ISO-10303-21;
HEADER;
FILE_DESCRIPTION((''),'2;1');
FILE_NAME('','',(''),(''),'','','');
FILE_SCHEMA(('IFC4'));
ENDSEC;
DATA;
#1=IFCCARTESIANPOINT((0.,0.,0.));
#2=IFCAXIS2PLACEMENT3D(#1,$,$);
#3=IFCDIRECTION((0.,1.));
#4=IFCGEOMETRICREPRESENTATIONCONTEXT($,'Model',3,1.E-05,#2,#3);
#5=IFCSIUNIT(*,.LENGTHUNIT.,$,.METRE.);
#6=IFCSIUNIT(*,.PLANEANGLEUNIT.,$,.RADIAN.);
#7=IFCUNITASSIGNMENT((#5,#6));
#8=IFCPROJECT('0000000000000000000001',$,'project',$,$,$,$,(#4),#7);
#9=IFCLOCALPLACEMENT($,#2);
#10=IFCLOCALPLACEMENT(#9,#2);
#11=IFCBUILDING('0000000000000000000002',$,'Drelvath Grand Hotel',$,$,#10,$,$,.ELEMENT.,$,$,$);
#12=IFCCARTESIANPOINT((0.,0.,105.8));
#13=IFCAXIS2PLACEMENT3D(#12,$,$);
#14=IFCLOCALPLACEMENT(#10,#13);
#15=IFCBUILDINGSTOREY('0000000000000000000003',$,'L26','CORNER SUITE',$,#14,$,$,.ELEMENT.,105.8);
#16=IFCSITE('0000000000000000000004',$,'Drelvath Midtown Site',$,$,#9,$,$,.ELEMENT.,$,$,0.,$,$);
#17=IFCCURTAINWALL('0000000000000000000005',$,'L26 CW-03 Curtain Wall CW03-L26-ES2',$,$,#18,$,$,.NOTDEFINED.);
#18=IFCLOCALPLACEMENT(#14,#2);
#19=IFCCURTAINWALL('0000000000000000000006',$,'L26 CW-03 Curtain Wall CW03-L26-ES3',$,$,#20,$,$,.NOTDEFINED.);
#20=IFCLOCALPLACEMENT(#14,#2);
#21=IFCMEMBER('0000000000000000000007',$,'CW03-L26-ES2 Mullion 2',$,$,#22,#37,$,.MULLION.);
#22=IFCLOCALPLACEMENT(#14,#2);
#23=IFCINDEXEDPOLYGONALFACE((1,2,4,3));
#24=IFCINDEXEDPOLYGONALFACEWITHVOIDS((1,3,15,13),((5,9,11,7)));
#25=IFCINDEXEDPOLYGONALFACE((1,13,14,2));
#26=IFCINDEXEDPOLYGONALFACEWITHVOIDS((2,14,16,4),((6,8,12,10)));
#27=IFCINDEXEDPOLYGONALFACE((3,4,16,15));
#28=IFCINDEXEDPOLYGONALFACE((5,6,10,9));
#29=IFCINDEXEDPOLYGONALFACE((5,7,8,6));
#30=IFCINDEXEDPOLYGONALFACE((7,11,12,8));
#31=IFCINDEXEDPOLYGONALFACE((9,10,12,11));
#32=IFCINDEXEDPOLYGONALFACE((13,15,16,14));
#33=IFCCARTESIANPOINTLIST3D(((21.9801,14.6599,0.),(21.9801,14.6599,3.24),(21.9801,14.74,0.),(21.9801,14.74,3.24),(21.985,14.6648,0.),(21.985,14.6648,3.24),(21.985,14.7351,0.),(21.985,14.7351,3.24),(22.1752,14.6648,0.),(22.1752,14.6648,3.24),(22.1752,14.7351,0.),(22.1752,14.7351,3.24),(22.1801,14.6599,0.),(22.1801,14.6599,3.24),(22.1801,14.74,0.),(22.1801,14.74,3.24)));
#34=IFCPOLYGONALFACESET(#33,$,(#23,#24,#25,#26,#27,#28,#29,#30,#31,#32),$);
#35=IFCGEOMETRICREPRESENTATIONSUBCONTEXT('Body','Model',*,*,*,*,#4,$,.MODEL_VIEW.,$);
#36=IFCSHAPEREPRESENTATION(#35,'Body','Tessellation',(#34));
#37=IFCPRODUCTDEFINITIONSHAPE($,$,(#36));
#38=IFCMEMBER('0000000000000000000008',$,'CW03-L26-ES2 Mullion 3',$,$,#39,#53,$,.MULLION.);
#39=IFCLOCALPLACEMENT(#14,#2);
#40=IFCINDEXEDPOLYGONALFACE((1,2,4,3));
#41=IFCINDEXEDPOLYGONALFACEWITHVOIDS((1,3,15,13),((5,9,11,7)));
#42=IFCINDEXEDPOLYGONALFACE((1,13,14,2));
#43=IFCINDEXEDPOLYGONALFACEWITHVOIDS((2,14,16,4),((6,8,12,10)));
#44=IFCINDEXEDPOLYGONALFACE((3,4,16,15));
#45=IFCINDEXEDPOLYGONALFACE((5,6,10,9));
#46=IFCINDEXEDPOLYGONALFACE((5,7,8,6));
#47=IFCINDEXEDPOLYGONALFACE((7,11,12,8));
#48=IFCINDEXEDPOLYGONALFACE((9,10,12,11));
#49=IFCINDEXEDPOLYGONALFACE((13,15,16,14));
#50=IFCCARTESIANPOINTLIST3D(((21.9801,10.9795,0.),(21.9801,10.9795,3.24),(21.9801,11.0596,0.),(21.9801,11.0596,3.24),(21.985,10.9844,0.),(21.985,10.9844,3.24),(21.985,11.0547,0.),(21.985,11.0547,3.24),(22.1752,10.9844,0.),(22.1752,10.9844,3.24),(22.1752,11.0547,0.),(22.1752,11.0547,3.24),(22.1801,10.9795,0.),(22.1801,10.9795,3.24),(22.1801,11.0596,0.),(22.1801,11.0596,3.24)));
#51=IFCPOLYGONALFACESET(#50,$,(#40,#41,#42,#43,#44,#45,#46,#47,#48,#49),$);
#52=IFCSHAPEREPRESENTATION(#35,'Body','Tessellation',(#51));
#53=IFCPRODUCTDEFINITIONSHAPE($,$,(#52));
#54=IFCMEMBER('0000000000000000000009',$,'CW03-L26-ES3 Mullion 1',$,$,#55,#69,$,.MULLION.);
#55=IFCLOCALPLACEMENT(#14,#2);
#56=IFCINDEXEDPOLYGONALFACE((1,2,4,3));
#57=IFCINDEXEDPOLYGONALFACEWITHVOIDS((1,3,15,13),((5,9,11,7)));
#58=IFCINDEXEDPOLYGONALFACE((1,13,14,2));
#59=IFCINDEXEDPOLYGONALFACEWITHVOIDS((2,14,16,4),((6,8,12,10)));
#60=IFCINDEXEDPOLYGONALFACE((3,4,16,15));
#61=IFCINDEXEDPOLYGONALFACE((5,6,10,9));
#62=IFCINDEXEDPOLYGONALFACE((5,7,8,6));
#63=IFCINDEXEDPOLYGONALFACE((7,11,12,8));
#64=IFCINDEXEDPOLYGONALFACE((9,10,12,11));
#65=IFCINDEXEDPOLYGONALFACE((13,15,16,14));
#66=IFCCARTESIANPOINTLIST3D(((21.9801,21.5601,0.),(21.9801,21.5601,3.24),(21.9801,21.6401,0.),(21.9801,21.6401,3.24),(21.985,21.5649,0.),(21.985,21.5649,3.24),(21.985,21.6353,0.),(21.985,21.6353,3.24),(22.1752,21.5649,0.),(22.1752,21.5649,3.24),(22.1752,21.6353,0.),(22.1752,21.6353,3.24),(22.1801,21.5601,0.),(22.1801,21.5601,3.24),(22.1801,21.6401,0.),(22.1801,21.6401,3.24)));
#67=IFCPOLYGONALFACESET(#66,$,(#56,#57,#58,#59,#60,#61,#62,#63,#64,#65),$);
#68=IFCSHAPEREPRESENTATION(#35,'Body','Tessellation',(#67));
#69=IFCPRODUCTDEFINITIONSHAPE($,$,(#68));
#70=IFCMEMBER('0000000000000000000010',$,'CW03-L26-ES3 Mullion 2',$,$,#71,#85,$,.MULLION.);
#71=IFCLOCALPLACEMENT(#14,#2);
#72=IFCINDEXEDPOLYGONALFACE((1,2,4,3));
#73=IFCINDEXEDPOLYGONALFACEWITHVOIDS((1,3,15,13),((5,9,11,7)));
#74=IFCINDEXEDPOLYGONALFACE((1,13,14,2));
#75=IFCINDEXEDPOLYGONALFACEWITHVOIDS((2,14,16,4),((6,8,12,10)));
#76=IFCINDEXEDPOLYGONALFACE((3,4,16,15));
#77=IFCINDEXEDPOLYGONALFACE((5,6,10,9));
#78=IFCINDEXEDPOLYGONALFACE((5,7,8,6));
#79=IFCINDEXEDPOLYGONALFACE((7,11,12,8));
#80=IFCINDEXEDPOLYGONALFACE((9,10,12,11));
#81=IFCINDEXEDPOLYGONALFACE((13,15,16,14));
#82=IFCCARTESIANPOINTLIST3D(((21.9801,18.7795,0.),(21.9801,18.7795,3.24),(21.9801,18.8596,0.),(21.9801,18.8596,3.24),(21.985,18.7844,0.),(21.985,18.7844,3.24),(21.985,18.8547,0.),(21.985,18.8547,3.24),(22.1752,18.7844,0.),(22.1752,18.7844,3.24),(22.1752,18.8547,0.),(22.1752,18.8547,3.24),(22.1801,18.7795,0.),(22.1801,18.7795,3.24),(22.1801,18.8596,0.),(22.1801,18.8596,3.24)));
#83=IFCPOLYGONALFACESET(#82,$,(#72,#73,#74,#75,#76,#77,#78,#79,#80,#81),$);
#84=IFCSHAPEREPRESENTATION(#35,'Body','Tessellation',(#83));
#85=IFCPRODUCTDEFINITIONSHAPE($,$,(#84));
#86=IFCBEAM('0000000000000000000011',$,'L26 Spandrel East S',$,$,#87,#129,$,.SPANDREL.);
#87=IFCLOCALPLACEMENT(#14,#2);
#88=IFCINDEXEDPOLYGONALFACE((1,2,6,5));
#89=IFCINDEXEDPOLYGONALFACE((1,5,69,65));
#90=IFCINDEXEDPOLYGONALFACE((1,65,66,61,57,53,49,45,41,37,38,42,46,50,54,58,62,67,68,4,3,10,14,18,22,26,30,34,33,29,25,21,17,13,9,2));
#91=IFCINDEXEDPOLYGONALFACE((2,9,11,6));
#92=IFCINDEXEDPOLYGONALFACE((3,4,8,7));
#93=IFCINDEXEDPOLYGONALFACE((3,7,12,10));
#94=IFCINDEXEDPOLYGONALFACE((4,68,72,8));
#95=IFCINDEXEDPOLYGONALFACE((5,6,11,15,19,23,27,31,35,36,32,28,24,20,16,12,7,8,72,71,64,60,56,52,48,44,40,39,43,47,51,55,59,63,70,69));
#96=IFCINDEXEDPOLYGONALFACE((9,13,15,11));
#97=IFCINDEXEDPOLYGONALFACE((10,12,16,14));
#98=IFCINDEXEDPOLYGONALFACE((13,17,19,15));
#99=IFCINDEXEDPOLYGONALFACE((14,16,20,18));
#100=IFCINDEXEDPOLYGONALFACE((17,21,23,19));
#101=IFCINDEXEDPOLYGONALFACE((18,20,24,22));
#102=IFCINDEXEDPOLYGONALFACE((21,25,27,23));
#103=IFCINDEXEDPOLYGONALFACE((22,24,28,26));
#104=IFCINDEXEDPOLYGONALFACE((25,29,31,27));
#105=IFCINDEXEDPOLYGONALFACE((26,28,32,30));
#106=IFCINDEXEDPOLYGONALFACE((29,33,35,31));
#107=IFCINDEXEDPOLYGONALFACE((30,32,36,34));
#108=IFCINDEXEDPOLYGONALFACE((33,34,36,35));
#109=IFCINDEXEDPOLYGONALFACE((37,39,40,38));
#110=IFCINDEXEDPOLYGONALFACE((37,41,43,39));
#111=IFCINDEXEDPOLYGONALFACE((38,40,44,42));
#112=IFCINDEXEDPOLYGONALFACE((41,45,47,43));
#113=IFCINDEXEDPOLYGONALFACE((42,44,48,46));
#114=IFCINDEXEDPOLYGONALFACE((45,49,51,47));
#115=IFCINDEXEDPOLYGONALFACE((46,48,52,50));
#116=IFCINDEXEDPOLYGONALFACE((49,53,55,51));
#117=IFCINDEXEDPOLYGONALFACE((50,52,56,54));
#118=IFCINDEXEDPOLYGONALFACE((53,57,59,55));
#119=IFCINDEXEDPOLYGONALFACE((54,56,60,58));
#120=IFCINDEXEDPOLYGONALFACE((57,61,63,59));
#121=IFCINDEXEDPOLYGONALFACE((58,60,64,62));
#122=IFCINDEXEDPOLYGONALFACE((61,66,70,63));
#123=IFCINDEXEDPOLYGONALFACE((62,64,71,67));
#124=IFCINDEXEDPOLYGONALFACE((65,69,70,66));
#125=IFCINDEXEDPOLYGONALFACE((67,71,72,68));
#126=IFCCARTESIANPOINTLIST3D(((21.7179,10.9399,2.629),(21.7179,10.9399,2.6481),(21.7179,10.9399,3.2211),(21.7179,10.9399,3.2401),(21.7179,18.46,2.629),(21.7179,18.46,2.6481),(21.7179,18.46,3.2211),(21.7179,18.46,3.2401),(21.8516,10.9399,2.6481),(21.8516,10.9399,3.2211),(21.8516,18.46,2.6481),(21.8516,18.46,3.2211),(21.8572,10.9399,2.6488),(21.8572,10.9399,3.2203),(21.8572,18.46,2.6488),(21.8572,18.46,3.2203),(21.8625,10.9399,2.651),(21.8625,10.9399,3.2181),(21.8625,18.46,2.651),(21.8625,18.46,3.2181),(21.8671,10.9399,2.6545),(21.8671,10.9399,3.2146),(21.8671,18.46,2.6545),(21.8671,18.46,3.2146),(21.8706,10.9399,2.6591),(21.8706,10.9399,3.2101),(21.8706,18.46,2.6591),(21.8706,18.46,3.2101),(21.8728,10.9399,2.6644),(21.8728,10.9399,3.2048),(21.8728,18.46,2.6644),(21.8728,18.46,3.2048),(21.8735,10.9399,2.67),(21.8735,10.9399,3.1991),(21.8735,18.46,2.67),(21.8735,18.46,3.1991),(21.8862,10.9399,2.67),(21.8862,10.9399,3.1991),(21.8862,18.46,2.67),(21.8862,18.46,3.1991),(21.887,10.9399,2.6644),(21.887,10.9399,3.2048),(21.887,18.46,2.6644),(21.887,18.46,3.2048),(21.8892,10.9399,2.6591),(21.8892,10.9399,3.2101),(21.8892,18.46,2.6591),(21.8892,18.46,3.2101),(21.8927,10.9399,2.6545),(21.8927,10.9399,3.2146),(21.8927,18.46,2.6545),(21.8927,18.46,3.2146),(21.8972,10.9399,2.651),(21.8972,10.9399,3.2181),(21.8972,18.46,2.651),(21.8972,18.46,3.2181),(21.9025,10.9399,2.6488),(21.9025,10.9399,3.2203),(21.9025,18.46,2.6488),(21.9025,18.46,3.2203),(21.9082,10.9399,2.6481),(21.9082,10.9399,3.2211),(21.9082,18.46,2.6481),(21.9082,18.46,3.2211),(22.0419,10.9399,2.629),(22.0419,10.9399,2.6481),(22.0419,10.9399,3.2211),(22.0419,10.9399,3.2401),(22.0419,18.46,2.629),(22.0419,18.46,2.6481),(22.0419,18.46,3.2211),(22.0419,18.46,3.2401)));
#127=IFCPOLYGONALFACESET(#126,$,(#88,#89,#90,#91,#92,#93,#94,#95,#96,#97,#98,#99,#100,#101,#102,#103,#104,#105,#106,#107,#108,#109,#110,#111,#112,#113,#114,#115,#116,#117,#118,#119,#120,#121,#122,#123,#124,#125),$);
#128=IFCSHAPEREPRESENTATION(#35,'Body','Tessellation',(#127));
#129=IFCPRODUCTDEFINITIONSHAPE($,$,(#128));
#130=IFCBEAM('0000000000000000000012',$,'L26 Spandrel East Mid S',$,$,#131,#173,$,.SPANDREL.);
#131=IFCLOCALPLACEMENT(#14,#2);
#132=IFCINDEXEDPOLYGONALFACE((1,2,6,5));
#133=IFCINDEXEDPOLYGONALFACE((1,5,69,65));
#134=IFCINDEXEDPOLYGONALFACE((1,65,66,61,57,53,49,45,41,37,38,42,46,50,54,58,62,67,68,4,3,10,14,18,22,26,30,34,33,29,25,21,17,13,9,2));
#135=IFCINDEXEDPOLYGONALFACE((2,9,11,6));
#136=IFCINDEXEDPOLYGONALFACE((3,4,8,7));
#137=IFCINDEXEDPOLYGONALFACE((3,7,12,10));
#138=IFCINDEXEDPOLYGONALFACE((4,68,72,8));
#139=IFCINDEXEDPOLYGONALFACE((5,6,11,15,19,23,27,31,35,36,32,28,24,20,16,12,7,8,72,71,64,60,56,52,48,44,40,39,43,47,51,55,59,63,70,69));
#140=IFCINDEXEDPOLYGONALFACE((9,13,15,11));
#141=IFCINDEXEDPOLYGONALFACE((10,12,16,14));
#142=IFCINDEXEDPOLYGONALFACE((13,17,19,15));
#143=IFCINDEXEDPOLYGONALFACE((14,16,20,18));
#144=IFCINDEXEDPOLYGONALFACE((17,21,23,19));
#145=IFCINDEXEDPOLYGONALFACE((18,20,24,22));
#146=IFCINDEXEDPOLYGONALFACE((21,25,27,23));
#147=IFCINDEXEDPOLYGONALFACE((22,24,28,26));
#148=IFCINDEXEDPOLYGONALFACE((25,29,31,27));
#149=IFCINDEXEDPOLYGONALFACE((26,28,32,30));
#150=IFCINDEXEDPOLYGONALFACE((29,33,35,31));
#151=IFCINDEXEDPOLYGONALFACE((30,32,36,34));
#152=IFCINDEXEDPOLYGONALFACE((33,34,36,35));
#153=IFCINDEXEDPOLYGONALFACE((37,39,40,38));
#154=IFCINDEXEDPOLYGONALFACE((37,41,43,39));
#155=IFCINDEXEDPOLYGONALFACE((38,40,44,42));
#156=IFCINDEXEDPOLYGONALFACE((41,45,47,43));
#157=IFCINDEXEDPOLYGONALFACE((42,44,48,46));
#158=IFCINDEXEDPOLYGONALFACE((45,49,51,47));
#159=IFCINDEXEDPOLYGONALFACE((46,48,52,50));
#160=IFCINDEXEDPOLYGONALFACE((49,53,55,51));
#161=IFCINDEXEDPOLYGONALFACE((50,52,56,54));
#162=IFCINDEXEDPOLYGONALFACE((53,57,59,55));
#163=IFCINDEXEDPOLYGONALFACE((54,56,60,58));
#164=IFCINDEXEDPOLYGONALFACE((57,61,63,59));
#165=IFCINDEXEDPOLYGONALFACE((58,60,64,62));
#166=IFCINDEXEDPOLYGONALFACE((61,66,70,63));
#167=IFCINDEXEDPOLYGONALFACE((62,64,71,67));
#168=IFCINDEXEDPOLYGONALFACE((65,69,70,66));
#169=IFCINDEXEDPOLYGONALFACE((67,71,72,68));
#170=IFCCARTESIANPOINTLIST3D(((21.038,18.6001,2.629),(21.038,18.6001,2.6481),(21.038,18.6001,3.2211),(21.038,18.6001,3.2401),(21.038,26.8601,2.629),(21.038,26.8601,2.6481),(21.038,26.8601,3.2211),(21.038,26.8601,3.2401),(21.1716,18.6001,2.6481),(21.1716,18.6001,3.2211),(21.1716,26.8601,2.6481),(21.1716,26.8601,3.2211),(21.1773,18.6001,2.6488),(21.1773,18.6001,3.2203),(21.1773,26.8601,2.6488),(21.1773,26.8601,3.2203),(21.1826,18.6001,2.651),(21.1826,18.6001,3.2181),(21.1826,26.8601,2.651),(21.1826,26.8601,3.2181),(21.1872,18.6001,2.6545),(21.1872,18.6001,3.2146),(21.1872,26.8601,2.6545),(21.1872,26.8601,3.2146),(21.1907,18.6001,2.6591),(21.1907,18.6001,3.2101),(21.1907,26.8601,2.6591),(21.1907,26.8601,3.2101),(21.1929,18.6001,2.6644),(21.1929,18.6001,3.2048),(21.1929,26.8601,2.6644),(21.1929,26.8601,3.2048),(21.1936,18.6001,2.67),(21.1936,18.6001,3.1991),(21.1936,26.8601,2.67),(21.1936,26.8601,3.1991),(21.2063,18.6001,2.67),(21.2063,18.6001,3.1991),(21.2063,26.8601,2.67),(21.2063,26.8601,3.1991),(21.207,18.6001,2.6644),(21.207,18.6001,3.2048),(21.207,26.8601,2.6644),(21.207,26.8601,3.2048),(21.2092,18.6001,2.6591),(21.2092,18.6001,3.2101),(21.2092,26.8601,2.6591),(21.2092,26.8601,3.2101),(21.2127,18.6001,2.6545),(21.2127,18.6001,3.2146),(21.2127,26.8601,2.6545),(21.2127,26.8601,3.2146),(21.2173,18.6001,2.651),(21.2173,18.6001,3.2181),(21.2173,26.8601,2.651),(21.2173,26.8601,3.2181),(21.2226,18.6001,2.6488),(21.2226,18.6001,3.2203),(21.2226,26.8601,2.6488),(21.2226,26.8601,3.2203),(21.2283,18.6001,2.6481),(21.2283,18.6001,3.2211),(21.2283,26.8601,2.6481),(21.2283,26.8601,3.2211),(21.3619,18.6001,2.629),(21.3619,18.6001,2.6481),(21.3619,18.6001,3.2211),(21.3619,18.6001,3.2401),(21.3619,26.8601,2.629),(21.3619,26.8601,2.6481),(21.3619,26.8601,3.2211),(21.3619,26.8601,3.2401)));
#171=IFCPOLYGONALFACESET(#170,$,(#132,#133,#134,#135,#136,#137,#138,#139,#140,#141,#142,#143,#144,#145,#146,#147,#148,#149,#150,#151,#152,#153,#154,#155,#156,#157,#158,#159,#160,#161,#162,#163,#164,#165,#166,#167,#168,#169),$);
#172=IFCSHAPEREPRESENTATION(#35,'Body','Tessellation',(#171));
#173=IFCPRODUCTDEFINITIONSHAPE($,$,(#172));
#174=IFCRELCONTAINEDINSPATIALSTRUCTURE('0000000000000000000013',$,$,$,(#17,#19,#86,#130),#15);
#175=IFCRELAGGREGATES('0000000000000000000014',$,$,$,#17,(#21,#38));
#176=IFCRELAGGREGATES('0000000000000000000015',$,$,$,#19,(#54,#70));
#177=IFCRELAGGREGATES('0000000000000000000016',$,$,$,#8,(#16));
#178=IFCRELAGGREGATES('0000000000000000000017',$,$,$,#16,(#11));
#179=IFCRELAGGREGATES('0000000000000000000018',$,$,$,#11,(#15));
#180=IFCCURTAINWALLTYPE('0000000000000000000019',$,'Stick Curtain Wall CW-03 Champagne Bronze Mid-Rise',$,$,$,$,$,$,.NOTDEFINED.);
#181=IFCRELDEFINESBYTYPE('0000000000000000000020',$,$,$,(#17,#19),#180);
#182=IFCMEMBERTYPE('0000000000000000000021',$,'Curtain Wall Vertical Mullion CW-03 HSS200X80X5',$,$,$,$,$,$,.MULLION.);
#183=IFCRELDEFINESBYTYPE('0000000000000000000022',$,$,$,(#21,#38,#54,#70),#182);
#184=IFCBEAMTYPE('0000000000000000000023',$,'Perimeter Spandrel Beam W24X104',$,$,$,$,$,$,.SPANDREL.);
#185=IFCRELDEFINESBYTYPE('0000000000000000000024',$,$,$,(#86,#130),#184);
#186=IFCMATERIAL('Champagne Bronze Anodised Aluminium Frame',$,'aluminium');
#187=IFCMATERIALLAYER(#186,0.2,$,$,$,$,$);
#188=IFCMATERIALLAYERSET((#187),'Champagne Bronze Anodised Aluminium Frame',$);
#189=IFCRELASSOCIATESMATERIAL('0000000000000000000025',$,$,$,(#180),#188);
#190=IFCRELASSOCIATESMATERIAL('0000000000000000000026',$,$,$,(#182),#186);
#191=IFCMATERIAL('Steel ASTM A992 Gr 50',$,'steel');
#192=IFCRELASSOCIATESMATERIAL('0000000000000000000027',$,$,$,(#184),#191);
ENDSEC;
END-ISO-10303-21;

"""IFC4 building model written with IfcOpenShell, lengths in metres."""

from ifc_helpers import new_model, si_unit, direction, frame, origin, origin_2d, place, context, subcontext, project, spatial, hollow_rectangle, i_section, extrude, material, layer, layer_set, material_profile, profile_set, type_object, element, aggregate, save


model = new_model("IFC4")

# Units and contexts
model_context = context("Model", 3, precision=1e-05, world=origin(), true_north=direction((0.0, 1.0)))
body_context = subcontext(model_context, "Body", "Model", "MODEL_VIEW")
ifc_project = project(units=[si_unit("LENGTHUNIT", "METRE"), si_unit("PLANEANGLEUNIT", "RADIAN")], contexts=[model_context])

# Site, building, storey
site_placement = place(None, origin())
site = spatial("IfcSite", under=ifc_project, at=site_placement, Name="Drelvath Midtown Site", CompositionType="ELEMENT", RefElevation=0.0)
building_placement = place(site_placement, origin())
building = spatial("IfcBuilding", under=site, at=building_placement, Name="Drelvath Grand Hotel", CompositionType="ELEMENT")
storey_placement = place(building_placement, frame((0.0, 0.0, 105.8)))
storey = spatial("IfcBuildingStorey", under=building, at=storey_placement, Name="L26", Description="CORNER SUITE", CompositionType="ELEMENT", Elevation=105.8)

# Curtain walls
ifc_material_1 = material(Name="Champagne Bronze Anodised Aluminium Frame", Category="aluminium")
ifc_layer_1 = layer(ifc_material_1, 0.2)
ifc_layer_set_1 = layer_set([ifc_layer_1], Name="Champagne Bronze Anodised Aluminium Frame")
curtain_wall_type = type_object("IfcCurtainWallType", Name="Stick Curtain Wall CW-03 Champagne Bronze Mid-Rise", PredefinedType="NOTDEFINED", material=ifc_layer_set_1)
curtain_wall_1_placement = place(storey_placement, origin())
curtain_wall_1 = element("IfcCurtainWall", 1, at=curtain_wall_1_placement, inside=storey, type_object=curtain_wall_type, Name="L26 CW-03 Curtain Wall CW03-L26-ES2", PredefinedType="NOTDEFINED")
curtain_wall_2_placement = place(storey_placement, origin())
curtain_wall_2 = element("IfcCurtainWall", 2, at=curtain_wall_2_placement, inside=storey, type_object=curtain_wall_type, Name="L26 CW-03 Curtain Wall CW03-L26-ES3", PredefinedType="NOTDEFINED")
ifc_material_profile_1 = material_profile(ifc_material_1, hollow_rectangle(XDim=0.0801, YDim=0.2, WallThickness=0.0049, at=origin_2d()), Name="HSS200X80X5")
ifc_profile_set_1 = profile_set([ifc_material_profile_1], Name="Champagne Bronze Anodised Aluminium Frame")
member_type_1 = type_object("IfcMemberType", Name="Curtain Wall Vertical Mullion CW-03 HSS200X80X5", PredefinedType="MULLION", material=ifc_profile_set_1)

# Members
member_1_placement = place(storey_placement, frame((22.0801, 14.7, 0.0), z_axis=(0.0, 0.0, 1.0), x_axis=(0.0, 1.0, 0.0)))
member_1 = element("IfcMember", 3, at=member_1_placement, type_object=member_type_1, Name="CW03-L26-ES2 Mullion 2", PredefinedType="MULLION", context=body_context, shape_type="SweptSolid", body=[
    extrude(hollow_rectangle(XDim=0.0801, YDim=0.2, WallThickness=0.0049, at=origin_2d()), origin(), (0.0, 0.0, 1.0), 3.24),
])
member_2_placement = place(storey_placement, frame((22.0801, 11.0195, 0.0), z_axis=(0.0, 0.0, 1.0), x_axis=(0.0, 1.0, 0.0)))
member_2 = element("IfcMember", 4, at=member_2_placement, type_object=member_type_1, Name="CW03-L26-ES2 Mullion 3", PredefinedType="MULLION", context=body_context, shape_type="SweptSolid", body=[
    extrude(hollow_rectangle(XDim=0.0801, YDim=0.2, WallThickness=0.0049, at=origin_2d()), origin(), (0.0, 0.0, 1.0), 3.24),
])
member_3_placement = place(storey_placement, frame((22.0801, 21.6001, 0.0), z_axis=(0.0, 0.0, 1.0), x_axis=(0.0, 1.0, 0.0)))
member_3 = element("IfcMember", 5, at=member_3_placement, type_object=member_type_1, Name="CW03-L26-ES3 Mullion 1", PredefinedType="MULLION", context=body_context, shape_type="SweptSolid", body=[
    extrude(hollow_rectangle(XDim=0.0801, YDim=0.2, WallThickness=0.0049, at=origin_2d()), origin(), (0.0, 0.0, 1.0), 3.24),
])
member_4_placement = place(storey_placement, frame((22.0801, 18.8196, 0.0), z_axis=(0.0, 0.0, 1.0), x_axis=(0.0, 1.0, 0.0)))
member_4 = element("IfcMember", 6, at=member_4_placement, type_object=member_type_1, Name="CW03-L26-ES3 Mullion 2", PredefinedType="MULLION", context=body_context, shape_type="SweptSolid", body=[
    extrude(hollow_rectangle(XDim=0.0801, YDim=0.2, WallThickness=0.0049, at=origin_2d()), origin(), (0.0, 0.0, 1.0), 3.24),
])

# Beams
ifc_material_2 = material(Name="Steel ASTM A992 Gr 50", Category="steel")
ifc_material_profile_2 = material_profile(ifc_material_2, i_section(OverallWidth=0.324, OverallDepth=0.6111, WebThickness=0.0127, FlangeThickness=0.019, FilletRadius=0.022, at=origin_2d()), Name="W24X104")
ifc_profile_set_2 = profile_set([ifc_material_profile_2], Name="Steel ASTM A992 Gr 50")
beam_type_1 = type_object("IfcBeamType", Name="Perimeter Spandrel Beam W24X104", PredefinedType="SPANDREL", material=ifc_profile_set_2)
beam_1_placement = place(storey_placement, frame((21.8799, 10.9399, 2.9346), z_axis=(0.0, 1.0, 0.0), x_axis=(-1.0, 0.0, 0.0)))
element("IfcBeam", 7, at=beam_1_placement, inside=storey, type_object=beam_type_1, Name="L26 Spandrel East S", PredefinedType="SPANDREL", context=body_context, shape_type="SweptSolid", body=[
    extrude(i_section(OverallWidth=0.324, OverallDepth=0.6111, WebThickness=0.0127, FlangeThickness=0.019, FilletRadius=0.022, at=origin_2d()), origin(), (0.0, 0.0, 1.0), 7.52),
])
beam_2_placement = place(storey_placement, frame((21.2, 18.6001, 2.9346), z_axis=(0.0, 1.0, 0.0), x_axis=(-1.0, 0.0, 0.0)))
element("IfcBeam", 8, at=beam_2_placement, inside=storey, type_object=beam_type_1, Name="L26 Spandrel East Mid S", PredefinedType="SPANDREL", context=body_context, shape_type="SweptSolid", body=[
    extrude(i_section(OverallWidth=0.324, OverallDepth=0.6111, WebThickness=0.0127, FlangeThickness=0.019, FilletRadius=0.022, at=origin_2d()), origin(), (0.0, 0.0, 1.0), 8.26),
])

aggregate(curtain_wall_1, [member_1, member_2])
aggregate(curtain_wall_2, [member_3, member_4])

save(model, "model.ifc")
